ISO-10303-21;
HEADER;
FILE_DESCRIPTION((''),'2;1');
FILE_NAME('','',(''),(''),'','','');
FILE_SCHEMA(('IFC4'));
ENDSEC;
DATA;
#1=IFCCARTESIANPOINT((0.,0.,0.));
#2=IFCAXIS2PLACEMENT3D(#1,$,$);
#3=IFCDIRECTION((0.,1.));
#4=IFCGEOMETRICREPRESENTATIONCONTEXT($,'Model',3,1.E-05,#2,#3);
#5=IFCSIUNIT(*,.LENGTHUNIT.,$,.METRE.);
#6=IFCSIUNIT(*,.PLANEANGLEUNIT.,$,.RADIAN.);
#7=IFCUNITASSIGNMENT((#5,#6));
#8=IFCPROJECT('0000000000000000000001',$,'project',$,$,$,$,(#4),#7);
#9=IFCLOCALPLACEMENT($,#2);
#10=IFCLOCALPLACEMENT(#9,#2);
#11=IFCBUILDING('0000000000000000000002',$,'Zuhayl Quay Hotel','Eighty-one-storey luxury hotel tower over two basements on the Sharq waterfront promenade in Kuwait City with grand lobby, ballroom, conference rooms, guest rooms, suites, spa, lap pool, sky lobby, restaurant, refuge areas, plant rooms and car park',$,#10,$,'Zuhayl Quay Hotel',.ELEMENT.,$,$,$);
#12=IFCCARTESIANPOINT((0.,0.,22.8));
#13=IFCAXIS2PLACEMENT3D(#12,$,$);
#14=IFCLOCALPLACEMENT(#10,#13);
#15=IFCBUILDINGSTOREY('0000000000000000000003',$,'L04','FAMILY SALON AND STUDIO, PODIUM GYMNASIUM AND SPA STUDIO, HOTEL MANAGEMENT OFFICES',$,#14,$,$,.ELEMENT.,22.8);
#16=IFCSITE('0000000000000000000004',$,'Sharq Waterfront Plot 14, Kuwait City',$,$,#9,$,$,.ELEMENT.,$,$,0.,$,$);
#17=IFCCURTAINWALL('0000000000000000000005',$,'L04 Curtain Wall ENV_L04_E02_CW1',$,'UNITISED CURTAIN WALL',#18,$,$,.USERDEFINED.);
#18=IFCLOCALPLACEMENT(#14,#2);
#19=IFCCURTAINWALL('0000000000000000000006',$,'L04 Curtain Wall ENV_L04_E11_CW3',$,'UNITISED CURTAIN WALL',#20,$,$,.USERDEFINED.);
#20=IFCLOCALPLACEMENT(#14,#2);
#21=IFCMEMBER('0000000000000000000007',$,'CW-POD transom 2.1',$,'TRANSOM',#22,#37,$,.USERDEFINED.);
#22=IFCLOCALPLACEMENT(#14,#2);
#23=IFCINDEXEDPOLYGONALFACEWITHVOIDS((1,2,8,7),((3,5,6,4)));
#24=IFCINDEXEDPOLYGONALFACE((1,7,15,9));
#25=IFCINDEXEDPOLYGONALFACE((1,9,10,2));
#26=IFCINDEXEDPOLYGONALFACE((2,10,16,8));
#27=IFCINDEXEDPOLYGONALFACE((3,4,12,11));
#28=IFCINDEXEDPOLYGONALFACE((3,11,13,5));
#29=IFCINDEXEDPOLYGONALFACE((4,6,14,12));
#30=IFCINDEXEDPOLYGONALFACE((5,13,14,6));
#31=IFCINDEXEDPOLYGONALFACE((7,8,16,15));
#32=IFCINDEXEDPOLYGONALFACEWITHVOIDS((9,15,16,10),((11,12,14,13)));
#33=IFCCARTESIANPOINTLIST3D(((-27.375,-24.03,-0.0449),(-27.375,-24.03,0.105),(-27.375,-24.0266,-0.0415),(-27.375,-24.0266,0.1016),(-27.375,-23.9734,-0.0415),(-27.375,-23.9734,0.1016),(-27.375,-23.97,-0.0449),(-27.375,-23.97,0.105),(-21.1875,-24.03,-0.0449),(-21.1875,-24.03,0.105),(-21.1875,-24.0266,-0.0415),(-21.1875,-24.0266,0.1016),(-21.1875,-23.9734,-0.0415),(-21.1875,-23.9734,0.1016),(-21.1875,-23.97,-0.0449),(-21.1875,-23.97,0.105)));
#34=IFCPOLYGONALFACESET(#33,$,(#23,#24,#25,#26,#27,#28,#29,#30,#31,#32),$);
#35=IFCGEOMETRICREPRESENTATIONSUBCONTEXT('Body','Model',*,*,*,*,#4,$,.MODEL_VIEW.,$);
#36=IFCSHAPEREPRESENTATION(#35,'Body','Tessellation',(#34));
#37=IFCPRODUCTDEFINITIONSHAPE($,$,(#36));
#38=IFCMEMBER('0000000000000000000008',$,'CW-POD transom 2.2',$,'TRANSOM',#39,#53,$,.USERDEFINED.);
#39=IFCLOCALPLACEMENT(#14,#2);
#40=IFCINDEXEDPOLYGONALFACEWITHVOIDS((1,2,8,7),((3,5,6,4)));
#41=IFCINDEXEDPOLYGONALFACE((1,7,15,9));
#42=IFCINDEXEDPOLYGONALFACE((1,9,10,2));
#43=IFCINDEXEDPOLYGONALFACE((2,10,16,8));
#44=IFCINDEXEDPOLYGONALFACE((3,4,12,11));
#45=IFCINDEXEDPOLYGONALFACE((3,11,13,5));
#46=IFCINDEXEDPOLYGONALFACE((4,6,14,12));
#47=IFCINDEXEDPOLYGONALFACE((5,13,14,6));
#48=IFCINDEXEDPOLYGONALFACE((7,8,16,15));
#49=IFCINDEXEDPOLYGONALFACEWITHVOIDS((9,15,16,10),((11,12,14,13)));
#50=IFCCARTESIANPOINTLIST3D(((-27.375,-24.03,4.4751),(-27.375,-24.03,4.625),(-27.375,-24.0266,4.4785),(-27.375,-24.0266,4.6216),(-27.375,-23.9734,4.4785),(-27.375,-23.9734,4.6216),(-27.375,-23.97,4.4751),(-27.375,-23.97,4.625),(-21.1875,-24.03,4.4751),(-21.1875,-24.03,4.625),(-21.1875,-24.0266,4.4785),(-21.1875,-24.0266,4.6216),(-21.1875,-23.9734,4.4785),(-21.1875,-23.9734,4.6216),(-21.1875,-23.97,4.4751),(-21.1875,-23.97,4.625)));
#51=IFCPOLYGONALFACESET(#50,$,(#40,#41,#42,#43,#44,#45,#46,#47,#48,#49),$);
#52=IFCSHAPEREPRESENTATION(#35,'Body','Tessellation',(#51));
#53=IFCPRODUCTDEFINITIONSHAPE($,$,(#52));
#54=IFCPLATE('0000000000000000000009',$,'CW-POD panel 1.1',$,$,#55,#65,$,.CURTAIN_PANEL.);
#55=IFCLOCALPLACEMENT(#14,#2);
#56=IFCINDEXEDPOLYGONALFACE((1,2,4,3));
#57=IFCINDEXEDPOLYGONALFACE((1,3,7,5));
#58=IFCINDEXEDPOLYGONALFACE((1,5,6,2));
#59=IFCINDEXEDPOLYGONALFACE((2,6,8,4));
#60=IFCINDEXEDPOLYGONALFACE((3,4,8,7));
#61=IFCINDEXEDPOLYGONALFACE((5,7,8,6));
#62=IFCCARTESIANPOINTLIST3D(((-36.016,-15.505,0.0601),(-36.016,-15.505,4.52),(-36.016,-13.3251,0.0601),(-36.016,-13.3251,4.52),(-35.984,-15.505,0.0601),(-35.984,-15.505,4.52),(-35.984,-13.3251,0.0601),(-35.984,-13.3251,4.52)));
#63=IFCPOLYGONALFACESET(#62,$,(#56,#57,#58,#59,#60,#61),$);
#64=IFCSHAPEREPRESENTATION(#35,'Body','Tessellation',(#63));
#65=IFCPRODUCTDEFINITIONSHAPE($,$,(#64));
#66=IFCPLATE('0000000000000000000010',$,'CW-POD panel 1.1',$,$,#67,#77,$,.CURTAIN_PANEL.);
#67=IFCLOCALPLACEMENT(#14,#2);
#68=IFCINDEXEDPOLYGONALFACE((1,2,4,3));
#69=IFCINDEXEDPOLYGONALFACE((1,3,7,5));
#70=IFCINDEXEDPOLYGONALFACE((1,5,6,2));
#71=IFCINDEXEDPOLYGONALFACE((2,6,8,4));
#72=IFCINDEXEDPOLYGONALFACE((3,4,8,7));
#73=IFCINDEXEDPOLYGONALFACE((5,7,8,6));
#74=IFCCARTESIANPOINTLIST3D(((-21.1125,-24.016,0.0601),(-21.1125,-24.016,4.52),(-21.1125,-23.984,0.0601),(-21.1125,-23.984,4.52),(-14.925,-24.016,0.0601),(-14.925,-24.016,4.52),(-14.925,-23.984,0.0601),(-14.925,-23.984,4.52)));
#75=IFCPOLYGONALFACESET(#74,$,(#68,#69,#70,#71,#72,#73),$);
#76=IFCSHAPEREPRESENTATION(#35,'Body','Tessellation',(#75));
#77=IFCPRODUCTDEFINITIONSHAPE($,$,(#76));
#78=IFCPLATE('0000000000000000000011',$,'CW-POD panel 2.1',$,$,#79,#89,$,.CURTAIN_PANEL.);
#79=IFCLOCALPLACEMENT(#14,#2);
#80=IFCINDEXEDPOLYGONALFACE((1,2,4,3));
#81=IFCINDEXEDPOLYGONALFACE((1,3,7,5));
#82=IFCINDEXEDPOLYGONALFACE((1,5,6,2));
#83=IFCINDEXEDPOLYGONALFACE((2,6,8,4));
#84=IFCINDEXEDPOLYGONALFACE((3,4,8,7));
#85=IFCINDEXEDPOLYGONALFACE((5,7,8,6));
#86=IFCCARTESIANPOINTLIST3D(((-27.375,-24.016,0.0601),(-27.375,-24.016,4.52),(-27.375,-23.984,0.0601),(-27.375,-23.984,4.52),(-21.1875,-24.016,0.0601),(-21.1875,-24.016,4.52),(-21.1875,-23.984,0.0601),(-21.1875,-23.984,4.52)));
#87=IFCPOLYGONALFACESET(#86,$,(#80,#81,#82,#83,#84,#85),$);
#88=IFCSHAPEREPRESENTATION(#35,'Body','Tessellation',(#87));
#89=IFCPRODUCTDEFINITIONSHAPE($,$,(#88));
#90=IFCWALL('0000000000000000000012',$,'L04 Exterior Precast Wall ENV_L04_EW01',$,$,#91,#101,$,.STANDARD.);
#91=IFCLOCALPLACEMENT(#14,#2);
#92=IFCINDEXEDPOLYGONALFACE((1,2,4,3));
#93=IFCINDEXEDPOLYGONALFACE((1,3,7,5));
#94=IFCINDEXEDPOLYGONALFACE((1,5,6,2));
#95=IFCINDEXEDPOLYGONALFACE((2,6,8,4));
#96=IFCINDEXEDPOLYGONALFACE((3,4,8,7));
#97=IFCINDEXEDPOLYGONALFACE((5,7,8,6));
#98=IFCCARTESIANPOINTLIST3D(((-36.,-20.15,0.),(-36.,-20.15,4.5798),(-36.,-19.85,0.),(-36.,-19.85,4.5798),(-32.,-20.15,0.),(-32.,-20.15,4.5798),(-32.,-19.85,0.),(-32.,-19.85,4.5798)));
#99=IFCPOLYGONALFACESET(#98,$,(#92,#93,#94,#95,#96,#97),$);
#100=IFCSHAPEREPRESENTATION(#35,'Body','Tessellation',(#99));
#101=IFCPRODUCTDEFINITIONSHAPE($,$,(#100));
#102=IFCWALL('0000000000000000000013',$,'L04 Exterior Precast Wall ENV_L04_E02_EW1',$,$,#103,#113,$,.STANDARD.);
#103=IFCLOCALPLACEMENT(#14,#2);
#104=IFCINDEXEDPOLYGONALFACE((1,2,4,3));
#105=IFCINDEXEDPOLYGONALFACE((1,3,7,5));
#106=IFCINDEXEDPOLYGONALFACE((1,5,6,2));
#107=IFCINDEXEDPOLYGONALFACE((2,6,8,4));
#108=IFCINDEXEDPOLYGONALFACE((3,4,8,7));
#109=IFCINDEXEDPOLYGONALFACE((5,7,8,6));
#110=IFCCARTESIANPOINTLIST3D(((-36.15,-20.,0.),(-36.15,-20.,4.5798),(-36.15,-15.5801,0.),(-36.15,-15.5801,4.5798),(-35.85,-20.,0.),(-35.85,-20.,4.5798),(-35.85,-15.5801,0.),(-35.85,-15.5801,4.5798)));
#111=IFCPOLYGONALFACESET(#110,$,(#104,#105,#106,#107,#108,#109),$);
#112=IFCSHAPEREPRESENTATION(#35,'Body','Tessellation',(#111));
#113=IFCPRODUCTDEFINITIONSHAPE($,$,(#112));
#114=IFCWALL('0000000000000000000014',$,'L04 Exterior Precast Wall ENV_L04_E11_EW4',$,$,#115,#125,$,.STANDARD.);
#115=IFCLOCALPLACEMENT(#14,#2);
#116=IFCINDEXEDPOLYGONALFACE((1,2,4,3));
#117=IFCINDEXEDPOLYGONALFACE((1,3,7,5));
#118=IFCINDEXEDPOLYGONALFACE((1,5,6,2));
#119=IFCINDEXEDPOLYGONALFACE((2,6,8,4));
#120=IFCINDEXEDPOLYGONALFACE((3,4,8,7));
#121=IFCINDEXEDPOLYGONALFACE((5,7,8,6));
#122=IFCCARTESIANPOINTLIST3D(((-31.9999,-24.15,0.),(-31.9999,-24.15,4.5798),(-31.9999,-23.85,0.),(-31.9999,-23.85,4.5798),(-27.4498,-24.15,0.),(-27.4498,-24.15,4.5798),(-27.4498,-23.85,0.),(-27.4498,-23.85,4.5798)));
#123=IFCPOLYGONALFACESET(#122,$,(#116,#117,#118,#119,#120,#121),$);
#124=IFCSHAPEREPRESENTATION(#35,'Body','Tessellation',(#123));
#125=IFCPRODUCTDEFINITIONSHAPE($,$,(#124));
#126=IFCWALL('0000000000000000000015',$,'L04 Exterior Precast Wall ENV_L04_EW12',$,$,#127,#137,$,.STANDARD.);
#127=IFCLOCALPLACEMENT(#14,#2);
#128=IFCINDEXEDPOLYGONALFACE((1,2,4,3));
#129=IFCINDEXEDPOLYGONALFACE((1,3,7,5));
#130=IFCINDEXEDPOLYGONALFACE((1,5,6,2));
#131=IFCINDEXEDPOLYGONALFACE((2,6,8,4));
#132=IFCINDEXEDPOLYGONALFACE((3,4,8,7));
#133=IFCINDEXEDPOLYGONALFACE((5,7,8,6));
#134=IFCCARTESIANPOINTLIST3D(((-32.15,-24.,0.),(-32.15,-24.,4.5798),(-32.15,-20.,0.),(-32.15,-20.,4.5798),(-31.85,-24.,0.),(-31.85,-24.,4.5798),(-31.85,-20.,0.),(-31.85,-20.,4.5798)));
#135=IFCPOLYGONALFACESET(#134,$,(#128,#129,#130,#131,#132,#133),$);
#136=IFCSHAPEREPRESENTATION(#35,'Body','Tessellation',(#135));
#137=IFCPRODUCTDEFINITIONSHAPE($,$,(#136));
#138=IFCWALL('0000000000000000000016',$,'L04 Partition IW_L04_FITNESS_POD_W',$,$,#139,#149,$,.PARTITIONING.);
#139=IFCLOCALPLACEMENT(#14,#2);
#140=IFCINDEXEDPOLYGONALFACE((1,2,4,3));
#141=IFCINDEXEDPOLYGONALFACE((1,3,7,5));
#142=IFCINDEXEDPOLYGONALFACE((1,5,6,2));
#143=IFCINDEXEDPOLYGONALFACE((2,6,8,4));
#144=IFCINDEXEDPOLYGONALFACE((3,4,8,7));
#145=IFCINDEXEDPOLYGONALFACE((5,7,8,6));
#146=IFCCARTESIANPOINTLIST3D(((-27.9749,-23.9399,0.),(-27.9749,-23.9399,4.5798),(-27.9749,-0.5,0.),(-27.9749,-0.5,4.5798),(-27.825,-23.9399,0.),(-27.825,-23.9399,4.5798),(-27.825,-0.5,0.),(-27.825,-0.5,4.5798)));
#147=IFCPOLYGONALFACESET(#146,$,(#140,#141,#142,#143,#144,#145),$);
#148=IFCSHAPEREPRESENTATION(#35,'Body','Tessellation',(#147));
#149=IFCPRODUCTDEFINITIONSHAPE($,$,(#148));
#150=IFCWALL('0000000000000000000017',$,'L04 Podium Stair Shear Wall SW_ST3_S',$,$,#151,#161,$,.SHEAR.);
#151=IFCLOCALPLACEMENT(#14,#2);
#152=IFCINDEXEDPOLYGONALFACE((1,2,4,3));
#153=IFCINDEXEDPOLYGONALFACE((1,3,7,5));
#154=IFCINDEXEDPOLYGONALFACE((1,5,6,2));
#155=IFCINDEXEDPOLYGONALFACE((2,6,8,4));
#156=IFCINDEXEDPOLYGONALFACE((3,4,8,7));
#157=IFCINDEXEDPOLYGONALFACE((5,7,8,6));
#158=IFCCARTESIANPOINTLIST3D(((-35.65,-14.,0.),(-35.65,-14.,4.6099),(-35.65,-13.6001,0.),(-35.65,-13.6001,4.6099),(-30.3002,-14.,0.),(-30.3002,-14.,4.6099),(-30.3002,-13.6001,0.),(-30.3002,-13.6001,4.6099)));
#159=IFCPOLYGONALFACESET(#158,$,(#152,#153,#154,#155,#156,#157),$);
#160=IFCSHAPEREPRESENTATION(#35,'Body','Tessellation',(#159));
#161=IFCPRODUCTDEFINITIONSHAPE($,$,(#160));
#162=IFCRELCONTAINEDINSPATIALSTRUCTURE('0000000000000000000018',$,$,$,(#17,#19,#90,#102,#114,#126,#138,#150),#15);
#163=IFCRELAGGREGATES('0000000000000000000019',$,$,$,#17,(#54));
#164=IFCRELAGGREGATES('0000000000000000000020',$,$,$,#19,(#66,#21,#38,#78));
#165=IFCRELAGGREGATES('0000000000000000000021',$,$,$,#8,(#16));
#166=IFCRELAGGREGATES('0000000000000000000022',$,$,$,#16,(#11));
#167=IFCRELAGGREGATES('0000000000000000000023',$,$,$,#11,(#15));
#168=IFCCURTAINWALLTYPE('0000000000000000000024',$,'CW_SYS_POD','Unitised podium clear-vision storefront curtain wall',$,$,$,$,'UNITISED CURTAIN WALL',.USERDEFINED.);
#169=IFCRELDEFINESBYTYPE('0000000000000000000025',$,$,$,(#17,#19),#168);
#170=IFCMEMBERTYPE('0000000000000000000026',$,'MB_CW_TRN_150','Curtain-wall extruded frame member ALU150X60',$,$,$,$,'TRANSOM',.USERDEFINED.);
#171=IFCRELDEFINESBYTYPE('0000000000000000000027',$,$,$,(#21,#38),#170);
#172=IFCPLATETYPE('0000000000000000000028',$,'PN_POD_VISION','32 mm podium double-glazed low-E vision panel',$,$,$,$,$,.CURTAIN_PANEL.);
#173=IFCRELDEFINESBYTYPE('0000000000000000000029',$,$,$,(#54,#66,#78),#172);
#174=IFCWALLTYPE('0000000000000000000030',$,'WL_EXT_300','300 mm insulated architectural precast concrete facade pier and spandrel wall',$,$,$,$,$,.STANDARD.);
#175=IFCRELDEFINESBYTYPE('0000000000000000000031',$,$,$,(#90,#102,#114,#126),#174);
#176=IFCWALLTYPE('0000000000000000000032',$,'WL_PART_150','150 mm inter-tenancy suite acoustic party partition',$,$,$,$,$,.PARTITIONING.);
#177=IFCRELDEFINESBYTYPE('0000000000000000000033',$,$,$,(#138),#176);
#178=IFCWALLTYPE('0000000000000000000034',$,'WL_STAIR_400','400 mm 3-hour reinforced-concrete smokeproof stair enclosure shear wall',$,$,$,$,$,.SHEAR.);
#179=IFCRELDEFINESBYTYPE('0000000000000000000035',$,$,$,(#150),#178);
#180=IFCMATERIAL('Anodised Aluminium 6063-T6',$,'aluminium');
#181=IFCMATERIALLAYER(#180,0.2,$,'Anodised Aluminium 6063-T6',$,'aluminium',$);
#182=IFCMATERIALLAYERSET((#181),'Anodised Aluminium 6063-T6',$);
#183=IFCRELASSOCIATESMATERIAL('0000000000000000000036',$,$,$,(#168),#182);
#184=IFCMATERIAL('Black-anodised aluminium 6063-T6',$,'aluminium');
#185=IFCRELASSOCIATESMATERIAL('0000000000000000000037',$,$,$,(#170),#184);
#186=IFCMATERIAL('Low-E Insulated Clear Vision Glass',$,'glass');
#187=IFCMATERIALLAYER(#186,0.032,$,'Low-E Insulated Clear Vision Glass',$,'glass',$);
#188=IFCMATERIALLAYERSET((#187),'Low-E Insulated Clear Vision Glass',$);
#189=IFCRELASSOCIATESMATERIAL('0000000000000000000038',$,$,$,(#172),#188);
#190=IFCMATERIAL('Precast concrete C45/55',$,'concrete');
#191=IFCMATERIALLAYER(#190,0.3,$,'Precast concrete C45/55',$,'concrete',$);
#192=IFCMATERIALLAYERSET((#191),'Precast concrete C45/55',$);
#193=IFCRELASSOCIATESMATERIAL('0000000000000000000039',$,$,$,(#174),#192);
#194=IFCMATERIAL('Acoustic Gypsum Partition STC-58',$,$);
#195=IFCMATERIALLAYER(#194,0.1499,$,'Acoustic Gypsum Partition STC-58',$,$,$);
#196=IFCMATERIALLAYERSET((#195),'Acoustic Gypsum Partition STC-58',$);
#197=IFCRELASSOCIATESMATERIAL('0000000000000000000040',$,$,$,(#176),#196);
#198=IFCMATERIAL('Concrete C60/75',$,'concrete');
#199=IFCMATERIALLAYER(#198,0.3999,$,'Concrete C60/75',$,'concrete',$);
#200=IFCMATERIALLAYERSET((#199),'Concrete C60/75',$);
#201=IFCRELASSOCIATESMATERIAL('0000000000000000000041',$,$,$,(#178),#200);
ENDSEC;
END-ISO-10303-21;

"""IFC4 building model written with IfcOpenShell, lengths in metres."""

from ifc_helpers import new_model, si_unit, direction, frame, frame_2d, origin, origin_2d, place, context, subcontext, project, spatial, rectangle, hollow_rectangle, extrude, material, layer, layer_set, material_profile, profile_set, type_object, element, aggregate, save


model = new_model("IFC4")

# Units and contexts
model_context = context("Model", 3, precision=1e-05, world=origin(), true_north=direction((0.0, 1.0)))
body_context = subcontext(model_context, "Body", "Model", "MODEL_VIEW")
ifc_project = project(units=[si_unit("LENGTHUNIT", "METRE"), si_unit("PLANEANGLEUNIT", "RADIAN")], contexts=[model_context])

# Site, building, storey
site_placement = place(None, origin())
site = spatial("IfcSite", under=ifc_project, at=site_placement, Name="Sharq Waterfront Plot 14, Kuwait City", CompositionType="ELEMENT", RefElevation=0.0)
building_placement = place(site_placement, origin())
building = spatial("IfcBuilding", under=site, at=building_placement, Name="Zuhayl Quay Hotel", Description="Eighty-one-storey luxury hotel tower over two basements on the Sharq waterfront promenade in Kuwait City with grand lobby, ballroom, conference rooms, guest rooms, suites, spa, lap pool, sky lobby, restaurant, refuge areas, plant rooms and car park", LongName="Zuhayl Quay Hotel", CompositionType="ELEMENT")
storey_placement = place(building_placement, frame((0.0, 0.0, 22.8)))
storey = spatial("IfcBuildingStorey", under=building, at=storey_placement, Name="L04", Description="FAMILY SALON AND STUDIO, PODIUM GYMNASIUM AND SPA STUDIO, HOTEL MANAGEMENT OFFICES", CompositionType="ELEMENT", Elevation=22.8)

# Curtain wall
ifc_material_1 = material(Name="Anodised Aluminium 6063-T6", Category="aluminium")
ifc_layer_1 = layer(ifc_material_1, 0.2, Name="Anodised Aluminium 6063-T6", Category="aluminium")
ifc_layer_set_1 = layer_set([ifc_layer_1], Name="Anodised Aluminium 6063-T6")
curtain_wall_type = type_object("IfcCurtainWallType", Name="CW_SYS_POD", Description="Unitised podium clear-vision storefront curtain wall", ElementType="UNITISED CURTAIN WALL", PredefinedType="USERDEFINED", material=ifc_layer_set_1)
curtain_wall_1_placement = place(storey_placement, origin())
curtain_wall_1 = element("IfcCurtainWall", 1, at=curtain_wall_1_placement, inside=storey, type_object=curtain_wall_type, Name="L04 Curtain Wall ENV_L04_E02_CW1", ObjectType="UNITISED CURTAIN WALL", PredefinedType="USERDEFINED")
ifc_material_2 = material(Name="Black-anodised aluminium 6063-T6", Category="aluminium")

# Curtain wall
curtain_wall_2_placement = place(storey_placement, origin())
curtain_wall_2 = element("IfcCurtainWall", 2, at=curtain_wall_2_placement, inside=storey, type_object=curtain_wall_type, Name="L04 Curtain Wall ENV_L04_E11_CW3", ObjectType="UNITISED CURTAIN WALL", PredefinedType="USERDEFINED")

# Members
ifc_material_profile_1 = material_profile(ifc_material_2, hollow_rectangle(XDim=0.0601, YDim=0.1499, WallThickness=0.0034, at=origin_2d()), Name="ALU150X60")
ifc_profile_set_1 = profile_set([ifc_material_profile_1], Name="Black-anodised aluminium 6063-T6")
member_type_1 = type_object("IfcMemberType", Name="MB_CW_TRN_150", Description="Curtain-wall extruded frame member ALU150X60", ElementType="TRANSOM", PredefinedType="USERDEFINED", material=ifc_profile_set_1)
member_1_placement = place(storey_placement, frame((-21.1875, -24.0, 0.03), z_axis=(-1.0, 0.0, 0.0), x_axis=(0.0, -1.0, 0.0)))
member_1 = element("IfcMember", 3, at=member_1_placement, type_object=member_type_1, Name="CW-POD transom 2.1", ObjectType="TRANSOM", PredefinedType="USERDEFINED", context=body_context, shape_type="SweptSolid", body=[
    extrude(hollow_rectangle(XDim=0.0601, YDim=0.1499, WallThickness=0.0034, at=origin_2d()), origin(), (0.0, 0.0, 1.0), 6.1875),
])
member_2_placement = place(storey_placement, frame((-21.1875, -24.0, 4.55), z_axis=(-1.0, 0.0, 0.0), x_axis=(0.0, -1.0, 0.0)))
member_2 = element("IfcMember", 4, at=member_2_placement, type_object=member_type_1, Name="CW-POD transom 2.2", ObjectType="TRANSOM", PredefinedType="USERDEFINED", context=body_context, shape_type="SweptSolid", body=[
    extrude(hollow_rectangle(XDim=0.0601, YDim=0.1499, WallThickness=0.0034, at=origin_2d()), origin(), (0.0, 0.0, 1.0), 6.1875),
])

# Plates
ifc_material_3 = material(Name="Low-E Insulated Clear Vision Glass", Category="glass")
ifc_layer_2 = layer(ifc_material_3, 0.032, Name="Low-E Insulated Clear Vision Glass", Category="glass")
ifc_layer_set_2 = layer_set([ifc_layer_2], Name="Low-E Insulated Clear Vision Glass")
plate_type = type_object("IfcPlateType", Name="PN_POD_VISION", Description="32 mm podium double-glazed low-E vision panel", PredefinedType="CURTAIN_PANEL", material=ifc_layer_set_2)
plate_1_placement = place(storey_placement, frame((-36.0, -14.415, 0.0601), z_axis=(0.0, 0.0, 1.0), x_axis=(0.0, 1.0, 0.0)))
plate_1 = element("IfcPlate", 5, at=plate_1_placement, type_object=plate_type, Name="CW-POD panel 1.1", PredefinedType="CURTAIN_PANEL", context=body_context, shape_type="SweptSolid", body=[
    extrude(rectangle(XDim=2.1799, YDim=0.032, at=origin_2d()), origin(), (0.0, 0.0, 1.0), 4.46),
])
aggregate(curtain_wall_1, [plate_1])
plate_2_placement = place(storey_placement, frame((-18.0188, -24.0, 0.0601), z_axis=(0.0, 0.0, 1.0), x_axis=(-1.0, 0.0, 0.0)))
plate_2 = element("IfcPlate", 6, at=plate_2_placement, type_object=plate_type, Name="CW-POD panel 1.1", PredefinedType="CURTAIN_PANEL", context=body_context, shape_type="SweptSolid", body=[
    extrude(rectangle(XDim=6.1875, YDim=0.032, at=origin_2d()), origin(), (0.0, 0.0, 1.0), 4.46),
])
plate_3_placement = place(storey_placement, frame((-24.2812, -24.0, 0.0601), z_axis=(0.0, 0.0, 1.0), x_axis=(-1.0, 0.0, 0.0)))
plate_3 = element("IfcPlate", 7, at=plate_3_placement, type_object=plate_type, Name="CW-POD panel 2.1", PredefinedType="CURTAIN_PANEL", context=body_context, shape_type="SweptSolid", body=[
    extrude(rectangle(XDim=6.1875, YDim=0.032, at=origin_2d()), origin(), (0.0, 0.0, 1.0), 4.46),
])
aggregate(curtain_wall_2, [plate_2, member_1, member_2, plate_3])

# Walls
ifc_material_4 = material(Name="Precast concrete C45/55", Category="concrete")
ifc_layer_3 = layer(ifc_material_4, 0.3, Name="Precast concrete C45/55", Category="concrete")
ifc_layer_set_3 = layer_set([ifc_layer_3], Name="Precast concrete C45/55")
wall_type_1 = type_object("IfcWallType", Name="WL_EXT_300", Description="300 mm insulated architectural precast concrete facade pier and spandrel wall", PredefinedType="STANDARD", material=ifc_layer_set_3)
wall_1_placement = place(storey_placement, frame((-32.0, -20.0, 0.0), z_axis=(0.0, 0.0, 1.0), x_axis=(-1.0, 0.0, 0.0)))
element("IfcWall", 8, at=wall_1_placement, inside=storey, type_object=wall_type_1, Name="L04 Exterior Precast Wall ENV_L04_EW01", PredefinedType="STANDARD", context=body_context, shape_type="SweptSolid", body=[
    extrude(rectangle(XDim=4.0, YDim=0.3, at=frame_2d((2.0, 0.0))), origin(), (0.0, 0.0, 1.0), 4.5798),
])
wall_2_placement = place(storey_placement, frame((-36.0, -20.0, 0.0), z_axis=(0.0, 0.0, 1.0), x_axis=(0.0, 1.0, 0.0)))
element("IfcWall", 9, at=wall_2_placement, inside=storey, type_object=wall_type_1, Name="L04 Exterior Precast Wall ENV_L04_E02_EW1", PredefinedType="STANDARD", context=body_context, shape_type="SweptSolid", body=[
    extrude(rectangle(XDim=4.4199, YDim=0.3, at=frame_2d((2.21, 0.0))), origin(), (0.0, 0.0, 1.0), 4.5798),
])
wall_3_placement = place(storey_placement, frame((-27.45, -24.0, 0.0), z_axis=(0.0, 0.0, 1.0), x_axis=(-1.0, 0.0, 0.0)))
element("IfcWall", 10, at=wall_3_placement, inside=storey, type_object=wall_type_1, Name="L04 Exterior Precast Wall ENV_L04_E11_EW4", PredefinedType="STANDARD", context=body_context, shape_type="SweptSolid", body=[
    extrude(rectangle(XDim=4.55, YDim=0.3, at=frame_2d((2.2749, 0.0))), origin(), (0.0, 0.0, 1.0), 4.5798),
])
wall_4_placement = place(storey_placement, frame((-32.0, -24.0, 0.0), z_axis=(0.0, 0.0, 1.0), x_axis=(0.0, 1.0, 0.0)))
element("IfcWall", 11, at=wall_4_placement, inside=storey, type_object=wall_type_1, Name="L04 Exterior Precast Wall ENV_L04_EW12", PredefinedType="STANDARD", context=body_context, shape_type="SweptSolid", body=[
    extrude(rectangle(XDim=4.0, YDim=0.3, at=frame_2d((2.0, 0.0))), origin(), (0.0, 0.0, 1.0), 4.5798),
])
ifc_material_5 = material(Name="Acoustic Gypsum Partition STC-58")
ifc_layer_4 = layer(ifc_material_5, 0.1499, Name="Acoustic Gypsum Partition STC-58")
ifc_layer_set_4 = layer_set([ifc_layer_4], Name="Acoustic Gypsum Partition STC-58")
wall_type_2 = type_object("IfcWallType", Name="WL_PART_150", Description="150 mm inter-tenancy suite acoustic party partition", PredefinedType="PARTITIONING", material=ifc_layer_set_4)
wall_5_placement = place(storey_placement, frame((-27.8999, -23.9399, 0.0), z_axis=(0.0, 0.0, 1.0), x_axis=(0.0, 1.0, 0.0)))
element("IfcWall", 12, at=wall_5_placement, inside=storey, type_object=wall_type_2, Name="L04 Partition IW_L04_FITNESS_POD_W", PredefinedType="PARTITIONING", context=body_context, shape_type="SweptSolid", body=[
    extrude(rectangle(XDim=23.4399, YDim=0.1499, at=frame_2d((11.72, 0.0))), origin(), (0.0, 0.0, 1.0), 4.5798),
])
ifc_material_6 = material(Name="Concrete C60/75", Category="concrete")
ifc_layer_5 = layer(ifc_material_6, 0.3999, Name="Concrete C60/75", Category="concrete")
ifc_layer_set_5 = layer_set([ifc_layer_5], Name="Concrete C60/75")
wall_type_3 = type_object("IfcWallType", Name="WL_STAIR_400", Description="400 mm 3-hour reinforced-concrete smokeproof stair enclosure shear wall", PredefinedType="SHEAR", material=ifc_layer_set_5)
wall_6_placement = place(storey_placement, frame((-35.6499, -13.8, 0.0), z_axis=(0.0, 0.0, 1.0), x_axis=(1.0, 0.0, 0.0)))
element("IfcWall", 13, at=wall_6_placement, inside=storey, type_object=wall_type_3, Name="L04 Podium Stair Shear Wall SW_ST3_S", PredefinedType="SHEAR", context=body_context, shape_type="SweptSolid", body=[
    extrude(rectangle(XDim=5.3499, YDim=0.3999, at=frame_2d((2.6748, 0.0))), origin(), (0.0, 0.0, 1.0), 4.6099),
])

save(model, "model.ifc")
